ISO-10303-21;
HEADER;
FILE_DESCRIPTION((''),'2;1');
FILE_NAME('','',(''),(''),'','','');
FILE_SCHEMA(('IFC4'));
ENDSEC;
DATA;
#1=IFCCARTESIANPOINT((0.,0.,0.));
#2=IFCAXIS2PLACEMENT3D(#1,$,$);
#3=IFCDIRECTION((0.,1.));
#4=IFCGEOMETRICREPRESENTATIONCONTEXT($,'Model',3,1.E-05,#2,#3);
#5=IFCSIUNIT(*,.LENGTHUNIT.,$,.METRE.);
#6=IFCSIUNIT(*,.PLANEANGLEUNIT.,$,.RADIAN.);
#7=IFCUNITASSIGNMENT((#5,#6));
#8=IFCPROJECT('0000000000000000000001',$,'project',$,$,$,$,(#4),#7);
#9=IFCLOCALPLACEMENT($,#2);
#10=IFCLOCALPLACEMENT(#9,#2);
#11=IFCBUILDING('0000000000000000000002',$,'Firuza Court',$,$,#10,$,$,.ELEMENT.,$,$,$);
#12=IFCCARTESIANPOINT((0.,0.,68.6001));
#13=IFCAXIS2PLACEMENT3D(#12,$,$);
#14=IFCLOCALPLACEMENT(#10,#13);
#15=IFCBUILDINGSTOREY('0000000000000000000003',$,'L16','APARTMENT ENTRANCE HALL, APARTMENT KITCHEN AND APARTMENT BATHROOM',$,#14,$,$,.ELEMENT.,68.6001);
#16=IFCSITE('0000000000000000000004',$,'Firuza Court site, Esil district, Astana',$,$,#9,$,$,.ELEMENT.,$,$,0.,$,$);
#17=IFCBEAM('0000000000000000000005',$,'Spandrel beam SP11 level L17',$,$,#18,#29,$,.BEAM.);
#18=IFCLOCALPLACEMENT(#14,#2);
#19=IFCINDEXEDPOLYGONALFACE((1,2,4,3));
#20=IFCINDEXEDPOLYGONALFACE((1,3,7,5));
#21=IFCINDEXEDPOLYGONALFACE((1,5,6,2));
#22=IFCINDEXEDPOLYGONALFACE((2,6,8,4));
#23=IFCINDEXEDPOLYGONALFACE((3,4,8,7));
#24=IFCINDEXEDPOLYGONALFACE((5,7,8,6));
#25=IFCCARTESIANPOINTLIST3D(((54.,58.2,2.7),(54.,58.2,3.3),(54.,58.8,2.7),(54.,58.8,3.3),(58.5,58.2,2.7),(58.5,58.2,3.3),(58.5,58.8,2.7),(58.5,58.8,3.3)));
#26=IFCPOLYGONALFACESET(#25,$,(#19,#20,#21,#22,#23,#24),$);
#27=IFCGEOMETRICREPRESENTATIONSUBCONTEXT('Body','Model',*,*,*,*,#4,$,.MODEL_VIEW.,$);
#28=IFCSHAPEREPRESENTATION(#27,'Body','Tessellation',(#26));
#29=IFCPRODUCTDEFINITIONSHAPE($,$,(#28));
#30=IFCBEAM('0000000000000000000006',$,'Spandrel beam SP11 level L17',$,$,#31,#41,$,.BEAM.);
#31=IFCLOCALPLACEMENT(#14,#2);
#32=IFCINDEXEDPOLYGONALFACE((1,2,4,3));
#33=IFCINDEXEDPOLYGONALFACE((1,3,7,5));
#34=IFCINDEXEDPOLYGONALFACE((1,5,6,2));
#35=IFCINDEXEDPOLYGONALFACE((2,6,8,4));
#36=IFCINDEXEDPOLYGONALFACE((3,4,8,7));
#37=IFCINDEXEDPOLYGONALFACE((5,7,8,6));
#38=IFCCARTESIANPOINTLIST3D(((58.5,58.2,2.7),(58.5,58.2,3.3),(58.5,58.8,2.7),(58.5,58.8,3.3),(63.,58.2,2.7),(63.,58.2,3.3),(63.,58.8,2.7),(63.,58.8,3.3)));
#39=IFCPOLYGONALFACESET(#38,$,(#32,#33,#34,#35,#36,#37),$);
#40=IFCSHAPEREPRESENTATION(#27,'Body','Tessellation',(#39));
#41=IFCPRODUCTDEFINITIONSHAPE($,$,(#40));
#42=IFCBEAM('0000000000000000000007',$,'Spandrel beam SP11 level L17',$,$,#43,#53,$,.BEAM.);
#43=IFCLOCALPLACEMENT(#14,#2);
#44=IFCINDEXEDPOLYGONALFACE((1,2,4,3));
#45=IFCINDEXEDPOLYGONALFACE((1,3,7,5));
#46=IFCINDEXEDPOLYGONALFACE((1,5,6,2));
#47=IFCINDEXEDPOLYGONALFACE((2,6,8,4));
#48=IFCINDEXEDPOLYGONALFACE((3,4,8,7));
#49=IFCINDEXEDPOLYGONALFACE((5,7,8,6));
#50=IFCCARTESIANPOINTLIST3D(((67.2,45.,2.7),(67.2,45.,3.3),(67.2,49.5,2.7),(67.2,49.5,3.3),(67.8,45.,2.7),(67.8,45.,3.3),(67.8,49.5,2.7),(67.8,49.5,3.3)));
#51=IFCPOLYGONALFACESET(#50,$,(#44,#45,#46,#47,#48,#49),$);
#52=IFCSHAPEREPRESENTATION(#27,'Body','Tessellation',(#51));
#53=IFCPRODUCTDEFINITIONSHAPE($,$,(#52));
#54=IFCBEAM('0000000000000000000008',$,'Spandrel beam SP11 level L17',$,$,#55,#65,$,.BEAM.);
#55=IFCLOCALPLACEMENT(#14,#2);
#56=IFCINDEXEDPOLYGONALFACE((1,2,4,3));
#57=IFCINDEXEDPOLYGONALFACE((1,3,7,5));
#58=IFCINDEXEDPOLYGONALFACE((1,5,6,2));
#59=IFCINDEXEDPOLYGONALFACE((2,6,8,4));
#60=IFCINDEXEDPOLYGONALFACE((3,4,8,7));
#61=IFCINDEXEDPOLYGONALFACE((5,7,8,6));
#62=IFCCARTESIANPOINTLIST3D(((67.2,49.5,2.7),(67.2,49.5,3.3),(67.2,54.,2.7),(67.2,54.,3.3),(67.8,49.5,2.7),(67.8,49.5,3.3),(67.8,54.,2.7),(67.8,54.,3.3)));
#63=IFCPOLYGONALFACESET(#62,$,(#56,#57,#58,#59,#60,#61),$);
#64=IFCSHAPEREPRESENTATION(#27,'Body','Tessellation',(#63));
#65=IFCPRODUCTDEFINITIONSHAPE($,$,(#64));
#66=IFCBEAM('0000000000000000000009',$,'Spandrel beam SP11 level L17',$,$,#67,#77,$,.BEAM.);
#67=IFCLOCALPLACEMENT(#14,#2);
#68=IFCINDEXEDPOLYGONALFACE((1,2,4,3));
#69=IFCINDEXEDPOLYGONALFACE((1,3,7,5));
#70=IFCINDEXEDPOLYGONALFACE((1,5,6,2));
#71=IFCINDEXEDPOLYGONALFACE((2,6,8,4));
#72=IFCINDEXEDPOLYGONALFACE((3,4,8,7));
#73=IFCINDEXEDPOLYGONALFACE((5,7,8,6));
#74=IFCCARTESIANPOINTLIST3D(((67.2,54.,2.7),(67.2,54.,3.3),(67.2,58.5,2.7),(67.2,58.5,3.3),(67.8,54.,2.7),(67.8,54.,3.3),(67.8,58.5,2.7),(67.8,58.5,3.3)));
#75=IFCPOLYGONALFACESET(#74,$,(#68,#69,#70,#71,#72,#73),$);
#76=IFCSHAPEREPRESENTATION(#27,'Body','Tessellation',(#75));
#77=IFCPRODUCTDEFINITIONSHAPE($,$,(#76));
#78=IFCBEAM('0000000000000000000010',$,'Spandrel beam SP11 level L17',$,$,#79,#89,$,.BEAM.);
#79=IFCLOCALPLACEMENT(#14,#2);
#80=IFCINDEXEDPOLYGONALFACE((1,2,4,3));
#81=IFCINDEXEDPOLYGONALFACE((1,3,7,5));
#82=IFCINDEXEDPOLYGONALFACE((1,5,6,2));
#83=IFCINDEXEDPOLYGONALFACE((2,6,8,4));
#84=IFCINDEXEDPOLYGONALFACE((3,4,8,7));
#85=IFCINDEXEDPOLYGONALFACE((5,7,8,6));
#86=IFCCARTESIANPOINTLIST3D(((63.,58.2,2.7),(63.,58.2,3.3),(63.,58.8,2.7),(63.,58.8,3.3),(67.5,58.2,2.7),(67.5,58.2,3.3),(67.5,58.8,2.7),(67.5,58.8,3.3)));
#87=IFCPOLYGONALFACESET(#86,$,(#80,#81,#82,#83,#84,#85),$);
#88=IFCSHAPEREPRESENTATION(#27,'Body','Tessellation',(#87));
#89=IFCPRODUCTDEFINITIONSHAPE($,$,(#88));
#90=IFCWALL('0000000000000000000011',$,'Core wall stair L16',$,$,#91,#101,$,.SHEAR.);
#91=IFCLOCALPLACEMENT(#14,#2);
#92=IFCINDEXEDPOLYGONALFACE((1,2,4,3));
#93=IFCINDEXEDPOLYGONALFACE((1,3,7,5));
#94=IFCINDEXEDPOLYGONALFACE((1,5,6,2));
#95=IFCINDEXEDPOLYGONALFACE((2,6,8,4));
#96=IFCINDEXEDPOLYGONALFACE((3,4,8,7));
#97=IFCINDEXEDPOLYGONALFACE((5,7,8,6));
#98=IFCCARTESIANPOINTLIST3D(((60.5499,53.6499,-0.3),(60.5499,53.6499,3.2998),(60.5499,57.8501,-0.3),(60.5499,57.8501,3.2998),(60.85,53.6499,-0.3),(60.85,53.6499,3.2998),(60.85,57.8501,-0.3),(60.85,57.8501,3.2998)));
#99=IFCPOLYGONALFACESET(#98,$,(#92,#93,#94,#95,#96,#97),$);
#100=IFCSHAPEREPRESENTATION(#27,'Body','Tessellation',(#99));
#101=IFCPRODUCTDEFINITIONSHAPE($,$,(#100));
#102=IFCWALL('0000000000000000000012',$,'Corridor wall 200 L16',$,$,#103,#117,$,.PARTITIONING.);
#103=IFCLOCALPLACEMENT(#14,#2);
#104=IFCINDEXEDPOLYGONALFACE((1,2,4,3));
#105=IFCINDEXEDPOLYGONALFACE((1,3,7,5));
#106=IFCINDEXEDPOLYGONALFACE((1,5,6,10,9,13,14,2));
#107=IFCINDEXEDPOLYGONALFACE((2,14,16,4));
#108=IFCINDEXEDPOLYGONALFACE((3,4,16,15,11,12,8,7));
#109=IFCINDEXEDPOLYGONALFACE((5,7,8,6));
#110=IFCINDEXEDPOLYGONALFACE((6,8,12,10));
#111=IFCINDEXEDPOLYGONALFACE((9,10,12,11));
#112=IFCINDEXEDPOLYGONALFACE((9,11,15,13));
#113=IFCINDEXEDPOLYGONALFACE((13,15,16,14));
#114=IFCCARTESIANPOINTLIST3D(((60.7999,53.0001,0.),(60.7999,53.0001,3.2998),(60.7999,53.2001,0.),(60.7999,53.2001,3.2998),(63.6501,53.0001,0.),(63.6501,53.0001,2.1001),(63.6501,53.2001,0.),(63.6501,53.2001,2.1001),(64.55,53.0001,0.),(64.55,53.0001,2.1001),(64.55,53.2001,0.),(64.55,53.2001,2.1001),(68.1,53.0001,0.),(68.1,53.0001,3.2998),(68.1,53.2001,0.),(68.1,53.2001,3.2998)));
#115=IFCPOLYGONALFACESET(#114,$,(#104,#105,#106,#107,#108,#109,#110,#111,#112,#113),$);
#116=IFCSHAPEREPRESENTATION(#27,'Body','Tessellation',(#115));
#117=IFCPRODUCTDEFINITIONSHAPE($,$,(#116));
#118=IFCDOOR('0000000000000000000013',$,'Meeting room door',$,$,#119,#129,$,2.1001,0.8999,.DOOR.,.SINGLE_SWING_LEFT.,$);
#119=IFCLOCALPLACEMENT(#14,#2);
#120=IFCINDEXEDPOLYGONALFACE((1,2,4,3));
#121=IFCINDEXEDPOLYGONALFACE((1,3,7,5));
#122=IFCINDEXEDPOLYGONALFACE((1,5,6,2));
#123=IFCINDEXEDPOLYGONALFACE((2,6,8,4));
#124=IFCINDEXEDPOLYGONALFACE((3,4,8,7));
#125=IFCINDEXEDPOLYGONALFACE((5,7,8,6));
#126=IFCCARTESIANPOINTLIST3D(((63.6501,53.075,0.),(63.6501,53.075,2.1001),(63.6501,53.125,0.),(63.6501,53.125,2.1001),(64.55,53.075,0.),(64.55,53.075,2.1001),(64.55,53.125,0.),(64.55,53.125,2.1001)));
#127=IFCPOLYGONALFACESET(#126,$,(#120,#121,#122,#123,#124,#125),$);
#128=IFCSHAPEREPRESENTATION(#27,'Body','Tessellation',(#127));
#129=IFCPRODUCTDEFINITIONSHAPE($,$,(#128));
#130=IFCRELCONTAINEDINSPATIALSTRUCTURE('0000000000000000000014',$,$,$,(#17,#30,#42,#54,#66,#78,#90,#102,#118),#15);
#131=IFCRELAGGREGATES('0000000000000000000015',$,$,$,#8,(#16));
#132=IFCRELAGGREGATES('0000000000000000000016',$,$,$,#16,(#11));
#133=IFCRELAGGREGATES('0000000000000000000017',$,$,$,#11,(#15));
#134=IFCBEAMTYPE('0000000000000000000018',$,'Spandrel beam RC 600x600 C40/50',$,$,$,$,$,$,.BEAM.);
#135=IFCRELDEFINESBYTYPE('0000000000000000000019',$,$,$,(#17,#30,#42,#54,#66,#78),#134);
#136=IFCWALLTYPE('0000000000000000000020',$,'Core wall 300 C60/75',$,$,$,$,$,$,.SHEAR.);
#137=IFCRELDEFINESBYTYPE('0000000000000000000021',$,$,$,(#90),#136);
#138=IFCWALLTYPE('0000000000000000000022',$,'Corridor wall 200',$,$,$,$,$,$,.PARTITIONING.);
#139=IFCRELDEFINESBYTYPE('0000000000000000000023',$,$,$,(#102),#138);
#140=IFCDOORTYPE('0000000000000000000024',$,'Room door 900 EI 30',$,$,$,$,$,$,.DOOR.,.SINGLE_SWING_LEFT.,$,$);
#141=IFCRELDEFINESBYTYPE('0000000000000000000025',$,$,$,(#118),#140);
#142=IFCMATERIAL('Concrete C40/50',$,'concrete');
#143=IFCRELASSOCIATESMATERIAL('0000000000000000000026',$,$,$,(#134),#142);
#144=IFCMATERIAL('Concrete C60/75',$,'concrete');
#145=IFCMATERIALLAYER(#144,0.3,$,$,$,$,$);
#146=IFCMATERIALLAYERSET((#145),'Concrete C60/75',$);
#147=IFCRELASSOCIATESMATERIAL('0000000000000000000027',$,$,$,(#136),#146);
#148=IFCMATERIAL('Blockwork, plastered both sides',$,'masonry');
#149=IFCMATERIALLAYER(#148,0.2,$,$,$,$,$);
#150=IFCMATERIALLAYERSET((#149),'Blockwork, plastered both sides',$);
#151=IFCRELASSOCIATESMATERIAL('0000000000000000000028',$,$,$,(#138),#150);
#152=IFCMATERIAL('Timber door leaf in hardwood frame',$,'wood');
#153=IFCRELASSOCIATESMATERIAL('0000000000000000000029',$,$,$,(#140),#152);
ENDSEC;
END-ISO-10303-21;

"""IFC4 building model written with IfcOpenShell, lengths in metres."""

from ifc_helpers import new_model, si_unit, direction, frame, frame_2d, origin, origin_2d, place, context, subcontext, project, spatial, rectangle, extrude, material, layer, layer_set, material_profile, profile_set, type_object, element, fill, save


model = new_model("IFC4")

# Units and contexts
model_context = context("Model", 3, precision=1e-05, world=origin(), true_north=direction((0.0, 1.0)))
body_context = subcontext(model_context, "Body", "Model", "MODEL_VIEW")
ifc_project = project(units=[si_unit("LENGTHUNIT", "METRE"), si_unit("PLANEANGLEUNIT", "RADIAN")], contexts=[model_context])

# Site, building, storey
site_placement = place(None, origin())
site = spatial("IfcSite", under=ifc_project, at=site_placement, Name="Firuza Court site, Esil district, Astana", CompositionType="ELEMENT", RefElevation=0.0)
building_placement = place(site_placement, origin())
building = spatial("IfcBuilding", under=site, at=building_placement, Name="Firuza Court", CompositionType="ELEMENT")
storey_placement = place(building_placement, frame((0.0, 0.0, 68.6001)))
storey = spatial("IfcBuildingStorey", under=building, at=storey_placement, Name="L16", Description="APARTMENT ENTRANCE HALL, APARTMENT KITCHEN AND APARTMENT BATHROOM", CompositionType="ELEMENT", Elevation=68.6001)

# Beams
ifc_material_1 = material(Name="Concrete C40/50", Category="concrete")
ifc_material_profile_1 = material_profile(ifc_material_1, rectangle(XDim=0.6001, YDim=0.6001, at=origin_2d()), Name="RC 600x600")
ifc_profile_set_1 = profile_set([ifc_material_profile_1], Name="Concrete C40/50")
beam_type_1 = type_object("IfcBeamType", Name="Spandrel beam RC 600x600 C40/50", PredefinedType="BEAM", material=ifc_profile_set_1)
for number, where, z_axis, x_axis, name in (
    (1, (58.5, 58.5, 3.0), (-1.0, 0.0, 0.0), (0.0, -1.0, 0.0), "Spandrel beam SP11 level L17"),
    (2, (63.0, 58.5, 3.0), (-1.0, 0.0, 0.0), (0.0, -1.0, 0.0), "Spandrel beam SP11 level L17"),
    (3, (67.5, 45.0, 3.0), (0.0, 1.0, 0.0), (-1.0, 0.0, 0.0), "Spandrel beam SP11 level L17"),
    (4, (67.5, 49.5, 3.0), (0.0, 1.0, 0.0), (-1.0, 0.0, 0.0), "Spandrel beam SP11 level L17"),
    (5, (67.5, 54.0, 3.0), (0.0, 1.0, 0.0), (-1.0, 0.0, 0.0), "Spandrel beam SP11 level L17"),
    (6, (67.5, 58.5, 3.0), (-1.0, 0.0, 0.0), (0.0, -1.0, 0.0), "Spandrel beam SP11 level L17"),
):
    element("IfcBeam", number, at=place(storey_placement, frame(where, z_axis=z_axis, x_axis=x_axis)), inside=storey, type_object=beam_type_1, Name=name, PredefinedType="BEAM", context=body_context, shape_type="SweptSolid", body=[
        extrude(rectangle(XDim=0.6001, YDim=0.6001, at=origin_2d()), origin(), (0.0, 0.0, 1.0), 4.5),
    ])

# Wall
ifc_material_2 = material(Name="Concrete C60/75", Category="concrete")
ifc_layer_1 = layer(ifc_material_2, 0.3)
ifc_layer_set_1 = layer_set([ifc_layer_1], Name="Concrete C60/75")
wall_type_1 = type_object("IfcWallType", Name="Core wall 300 C60/75", PredefinedType="SHEAR", material=ifc_layer_set_1)
wall_1_placement = place(storey_placement, frame((60.7, 53.6499, -0.3), z_axis=(0.0, 0.0, 1.0), x_axis=(0.0, 1.0, 0.0)))
element("IfcWall", 7, at=wall_1_placement, inside=storey, type_object=wall_type_1, Name="Core wall stair L16", PredefinedType="SHEAR", context=body_context, shape_type="SweptSolid", body=[
    extrude(rectangle(XDim=4.2002, YDim=0.3, at=frame_2d((2.1001, 0.0))), origin(), (0.0, 0.0, 1.0), 3.5999),
])

# Wall, opening, door
ifc_material_3 = material(Name="Blockwork, plastered both sides", Category="masonry")
ifc_layer_2 = layer(ifc_material_3, 0.2)
ifc_layer_set_2 = layer_set([ifc_layer_2], Name="Blockwork, plastered both sides")
wall_type_2 = type_object("IfcWallType", Name="Corridor wall 200", PredefinedType="PARTITIONING", material=ifc_layer_set_2)
wall_2_placement = place(storey_placement, frame((60.8, 53.1001, 0.0), z_axis=(0.0, 0.0, 1.0), x_axis=(1.0, 0.0, 0.0)))
wall_2 = element("IfcWall", 8, at=wall_2_placement, inside=storey, type_object=wall_type_2, Name="Corridor wall 200 L16", PredefinedType="PARTITIONING", context=body_context, shape_type="SweptSolid", body=[
    extrude(rectangle(XDim=7.3, YDim=0.2, at=frame_2d((3.6499, 0.0))), origin(), (0.0, 0.0, 1.0), 3.2998),
])
opening_1_placement = place(wall_2_placement, frame((2.8501, 0.0, 0.0)))
opening_1 = element("IfcOpeningElement", 9, at=opening_1_placement, cuts=wall_2, PredefinedType="OPENING", context=body_context, shape_type="SweptSolid", body=[
    extrude(rectangle(XDim=0.8999, YDim=2.1001, at=frame_2d((0.45, 1.05))), frame((0.0, 0.1118, 0.0), z_axis=(0.0, -1.0, 0.0), x_axis=(1.0, 0.0, 0.0)), (0.0, 0.0, 1.0), 0.2239),
])
ifc_material_4 = material(Name="Timber door leaf in hardwood frame", Category="wood")
door_type = type_object("IfcDoorType", Name="Room door 900 EI 30", OperationType="SINGLE_SWING_LEFT", PredefinedType="DOOR", material=ifc_material_4)
door_placement = place(opening_1_placement, origin())
door = element("IfcDoor", 10, at=door_placement, inside=storey, type_object=door_type, Name="Meeting room door", OperationType="SINGLE_SWING_LEFT", OverallHeight=2.1001, OverallWidth=0.8999, PredefinedType="DOOR", context=body_context, shape_type="SweptSolid", body=[
    extrude(rectangle(XDim=0.8999, YDim=2.1001, at=frame_2d((0.45, 1.05))), frame((0.0, 0.0249, 0.0), z_axis=(0.0, -1.0, 0.0), x_axis=(1.0, 0.0, 0.0)), (0.0, 0.0, 1.0), 0.05),
])
fill(opening_1, door)

save(model, "model.ifc")
